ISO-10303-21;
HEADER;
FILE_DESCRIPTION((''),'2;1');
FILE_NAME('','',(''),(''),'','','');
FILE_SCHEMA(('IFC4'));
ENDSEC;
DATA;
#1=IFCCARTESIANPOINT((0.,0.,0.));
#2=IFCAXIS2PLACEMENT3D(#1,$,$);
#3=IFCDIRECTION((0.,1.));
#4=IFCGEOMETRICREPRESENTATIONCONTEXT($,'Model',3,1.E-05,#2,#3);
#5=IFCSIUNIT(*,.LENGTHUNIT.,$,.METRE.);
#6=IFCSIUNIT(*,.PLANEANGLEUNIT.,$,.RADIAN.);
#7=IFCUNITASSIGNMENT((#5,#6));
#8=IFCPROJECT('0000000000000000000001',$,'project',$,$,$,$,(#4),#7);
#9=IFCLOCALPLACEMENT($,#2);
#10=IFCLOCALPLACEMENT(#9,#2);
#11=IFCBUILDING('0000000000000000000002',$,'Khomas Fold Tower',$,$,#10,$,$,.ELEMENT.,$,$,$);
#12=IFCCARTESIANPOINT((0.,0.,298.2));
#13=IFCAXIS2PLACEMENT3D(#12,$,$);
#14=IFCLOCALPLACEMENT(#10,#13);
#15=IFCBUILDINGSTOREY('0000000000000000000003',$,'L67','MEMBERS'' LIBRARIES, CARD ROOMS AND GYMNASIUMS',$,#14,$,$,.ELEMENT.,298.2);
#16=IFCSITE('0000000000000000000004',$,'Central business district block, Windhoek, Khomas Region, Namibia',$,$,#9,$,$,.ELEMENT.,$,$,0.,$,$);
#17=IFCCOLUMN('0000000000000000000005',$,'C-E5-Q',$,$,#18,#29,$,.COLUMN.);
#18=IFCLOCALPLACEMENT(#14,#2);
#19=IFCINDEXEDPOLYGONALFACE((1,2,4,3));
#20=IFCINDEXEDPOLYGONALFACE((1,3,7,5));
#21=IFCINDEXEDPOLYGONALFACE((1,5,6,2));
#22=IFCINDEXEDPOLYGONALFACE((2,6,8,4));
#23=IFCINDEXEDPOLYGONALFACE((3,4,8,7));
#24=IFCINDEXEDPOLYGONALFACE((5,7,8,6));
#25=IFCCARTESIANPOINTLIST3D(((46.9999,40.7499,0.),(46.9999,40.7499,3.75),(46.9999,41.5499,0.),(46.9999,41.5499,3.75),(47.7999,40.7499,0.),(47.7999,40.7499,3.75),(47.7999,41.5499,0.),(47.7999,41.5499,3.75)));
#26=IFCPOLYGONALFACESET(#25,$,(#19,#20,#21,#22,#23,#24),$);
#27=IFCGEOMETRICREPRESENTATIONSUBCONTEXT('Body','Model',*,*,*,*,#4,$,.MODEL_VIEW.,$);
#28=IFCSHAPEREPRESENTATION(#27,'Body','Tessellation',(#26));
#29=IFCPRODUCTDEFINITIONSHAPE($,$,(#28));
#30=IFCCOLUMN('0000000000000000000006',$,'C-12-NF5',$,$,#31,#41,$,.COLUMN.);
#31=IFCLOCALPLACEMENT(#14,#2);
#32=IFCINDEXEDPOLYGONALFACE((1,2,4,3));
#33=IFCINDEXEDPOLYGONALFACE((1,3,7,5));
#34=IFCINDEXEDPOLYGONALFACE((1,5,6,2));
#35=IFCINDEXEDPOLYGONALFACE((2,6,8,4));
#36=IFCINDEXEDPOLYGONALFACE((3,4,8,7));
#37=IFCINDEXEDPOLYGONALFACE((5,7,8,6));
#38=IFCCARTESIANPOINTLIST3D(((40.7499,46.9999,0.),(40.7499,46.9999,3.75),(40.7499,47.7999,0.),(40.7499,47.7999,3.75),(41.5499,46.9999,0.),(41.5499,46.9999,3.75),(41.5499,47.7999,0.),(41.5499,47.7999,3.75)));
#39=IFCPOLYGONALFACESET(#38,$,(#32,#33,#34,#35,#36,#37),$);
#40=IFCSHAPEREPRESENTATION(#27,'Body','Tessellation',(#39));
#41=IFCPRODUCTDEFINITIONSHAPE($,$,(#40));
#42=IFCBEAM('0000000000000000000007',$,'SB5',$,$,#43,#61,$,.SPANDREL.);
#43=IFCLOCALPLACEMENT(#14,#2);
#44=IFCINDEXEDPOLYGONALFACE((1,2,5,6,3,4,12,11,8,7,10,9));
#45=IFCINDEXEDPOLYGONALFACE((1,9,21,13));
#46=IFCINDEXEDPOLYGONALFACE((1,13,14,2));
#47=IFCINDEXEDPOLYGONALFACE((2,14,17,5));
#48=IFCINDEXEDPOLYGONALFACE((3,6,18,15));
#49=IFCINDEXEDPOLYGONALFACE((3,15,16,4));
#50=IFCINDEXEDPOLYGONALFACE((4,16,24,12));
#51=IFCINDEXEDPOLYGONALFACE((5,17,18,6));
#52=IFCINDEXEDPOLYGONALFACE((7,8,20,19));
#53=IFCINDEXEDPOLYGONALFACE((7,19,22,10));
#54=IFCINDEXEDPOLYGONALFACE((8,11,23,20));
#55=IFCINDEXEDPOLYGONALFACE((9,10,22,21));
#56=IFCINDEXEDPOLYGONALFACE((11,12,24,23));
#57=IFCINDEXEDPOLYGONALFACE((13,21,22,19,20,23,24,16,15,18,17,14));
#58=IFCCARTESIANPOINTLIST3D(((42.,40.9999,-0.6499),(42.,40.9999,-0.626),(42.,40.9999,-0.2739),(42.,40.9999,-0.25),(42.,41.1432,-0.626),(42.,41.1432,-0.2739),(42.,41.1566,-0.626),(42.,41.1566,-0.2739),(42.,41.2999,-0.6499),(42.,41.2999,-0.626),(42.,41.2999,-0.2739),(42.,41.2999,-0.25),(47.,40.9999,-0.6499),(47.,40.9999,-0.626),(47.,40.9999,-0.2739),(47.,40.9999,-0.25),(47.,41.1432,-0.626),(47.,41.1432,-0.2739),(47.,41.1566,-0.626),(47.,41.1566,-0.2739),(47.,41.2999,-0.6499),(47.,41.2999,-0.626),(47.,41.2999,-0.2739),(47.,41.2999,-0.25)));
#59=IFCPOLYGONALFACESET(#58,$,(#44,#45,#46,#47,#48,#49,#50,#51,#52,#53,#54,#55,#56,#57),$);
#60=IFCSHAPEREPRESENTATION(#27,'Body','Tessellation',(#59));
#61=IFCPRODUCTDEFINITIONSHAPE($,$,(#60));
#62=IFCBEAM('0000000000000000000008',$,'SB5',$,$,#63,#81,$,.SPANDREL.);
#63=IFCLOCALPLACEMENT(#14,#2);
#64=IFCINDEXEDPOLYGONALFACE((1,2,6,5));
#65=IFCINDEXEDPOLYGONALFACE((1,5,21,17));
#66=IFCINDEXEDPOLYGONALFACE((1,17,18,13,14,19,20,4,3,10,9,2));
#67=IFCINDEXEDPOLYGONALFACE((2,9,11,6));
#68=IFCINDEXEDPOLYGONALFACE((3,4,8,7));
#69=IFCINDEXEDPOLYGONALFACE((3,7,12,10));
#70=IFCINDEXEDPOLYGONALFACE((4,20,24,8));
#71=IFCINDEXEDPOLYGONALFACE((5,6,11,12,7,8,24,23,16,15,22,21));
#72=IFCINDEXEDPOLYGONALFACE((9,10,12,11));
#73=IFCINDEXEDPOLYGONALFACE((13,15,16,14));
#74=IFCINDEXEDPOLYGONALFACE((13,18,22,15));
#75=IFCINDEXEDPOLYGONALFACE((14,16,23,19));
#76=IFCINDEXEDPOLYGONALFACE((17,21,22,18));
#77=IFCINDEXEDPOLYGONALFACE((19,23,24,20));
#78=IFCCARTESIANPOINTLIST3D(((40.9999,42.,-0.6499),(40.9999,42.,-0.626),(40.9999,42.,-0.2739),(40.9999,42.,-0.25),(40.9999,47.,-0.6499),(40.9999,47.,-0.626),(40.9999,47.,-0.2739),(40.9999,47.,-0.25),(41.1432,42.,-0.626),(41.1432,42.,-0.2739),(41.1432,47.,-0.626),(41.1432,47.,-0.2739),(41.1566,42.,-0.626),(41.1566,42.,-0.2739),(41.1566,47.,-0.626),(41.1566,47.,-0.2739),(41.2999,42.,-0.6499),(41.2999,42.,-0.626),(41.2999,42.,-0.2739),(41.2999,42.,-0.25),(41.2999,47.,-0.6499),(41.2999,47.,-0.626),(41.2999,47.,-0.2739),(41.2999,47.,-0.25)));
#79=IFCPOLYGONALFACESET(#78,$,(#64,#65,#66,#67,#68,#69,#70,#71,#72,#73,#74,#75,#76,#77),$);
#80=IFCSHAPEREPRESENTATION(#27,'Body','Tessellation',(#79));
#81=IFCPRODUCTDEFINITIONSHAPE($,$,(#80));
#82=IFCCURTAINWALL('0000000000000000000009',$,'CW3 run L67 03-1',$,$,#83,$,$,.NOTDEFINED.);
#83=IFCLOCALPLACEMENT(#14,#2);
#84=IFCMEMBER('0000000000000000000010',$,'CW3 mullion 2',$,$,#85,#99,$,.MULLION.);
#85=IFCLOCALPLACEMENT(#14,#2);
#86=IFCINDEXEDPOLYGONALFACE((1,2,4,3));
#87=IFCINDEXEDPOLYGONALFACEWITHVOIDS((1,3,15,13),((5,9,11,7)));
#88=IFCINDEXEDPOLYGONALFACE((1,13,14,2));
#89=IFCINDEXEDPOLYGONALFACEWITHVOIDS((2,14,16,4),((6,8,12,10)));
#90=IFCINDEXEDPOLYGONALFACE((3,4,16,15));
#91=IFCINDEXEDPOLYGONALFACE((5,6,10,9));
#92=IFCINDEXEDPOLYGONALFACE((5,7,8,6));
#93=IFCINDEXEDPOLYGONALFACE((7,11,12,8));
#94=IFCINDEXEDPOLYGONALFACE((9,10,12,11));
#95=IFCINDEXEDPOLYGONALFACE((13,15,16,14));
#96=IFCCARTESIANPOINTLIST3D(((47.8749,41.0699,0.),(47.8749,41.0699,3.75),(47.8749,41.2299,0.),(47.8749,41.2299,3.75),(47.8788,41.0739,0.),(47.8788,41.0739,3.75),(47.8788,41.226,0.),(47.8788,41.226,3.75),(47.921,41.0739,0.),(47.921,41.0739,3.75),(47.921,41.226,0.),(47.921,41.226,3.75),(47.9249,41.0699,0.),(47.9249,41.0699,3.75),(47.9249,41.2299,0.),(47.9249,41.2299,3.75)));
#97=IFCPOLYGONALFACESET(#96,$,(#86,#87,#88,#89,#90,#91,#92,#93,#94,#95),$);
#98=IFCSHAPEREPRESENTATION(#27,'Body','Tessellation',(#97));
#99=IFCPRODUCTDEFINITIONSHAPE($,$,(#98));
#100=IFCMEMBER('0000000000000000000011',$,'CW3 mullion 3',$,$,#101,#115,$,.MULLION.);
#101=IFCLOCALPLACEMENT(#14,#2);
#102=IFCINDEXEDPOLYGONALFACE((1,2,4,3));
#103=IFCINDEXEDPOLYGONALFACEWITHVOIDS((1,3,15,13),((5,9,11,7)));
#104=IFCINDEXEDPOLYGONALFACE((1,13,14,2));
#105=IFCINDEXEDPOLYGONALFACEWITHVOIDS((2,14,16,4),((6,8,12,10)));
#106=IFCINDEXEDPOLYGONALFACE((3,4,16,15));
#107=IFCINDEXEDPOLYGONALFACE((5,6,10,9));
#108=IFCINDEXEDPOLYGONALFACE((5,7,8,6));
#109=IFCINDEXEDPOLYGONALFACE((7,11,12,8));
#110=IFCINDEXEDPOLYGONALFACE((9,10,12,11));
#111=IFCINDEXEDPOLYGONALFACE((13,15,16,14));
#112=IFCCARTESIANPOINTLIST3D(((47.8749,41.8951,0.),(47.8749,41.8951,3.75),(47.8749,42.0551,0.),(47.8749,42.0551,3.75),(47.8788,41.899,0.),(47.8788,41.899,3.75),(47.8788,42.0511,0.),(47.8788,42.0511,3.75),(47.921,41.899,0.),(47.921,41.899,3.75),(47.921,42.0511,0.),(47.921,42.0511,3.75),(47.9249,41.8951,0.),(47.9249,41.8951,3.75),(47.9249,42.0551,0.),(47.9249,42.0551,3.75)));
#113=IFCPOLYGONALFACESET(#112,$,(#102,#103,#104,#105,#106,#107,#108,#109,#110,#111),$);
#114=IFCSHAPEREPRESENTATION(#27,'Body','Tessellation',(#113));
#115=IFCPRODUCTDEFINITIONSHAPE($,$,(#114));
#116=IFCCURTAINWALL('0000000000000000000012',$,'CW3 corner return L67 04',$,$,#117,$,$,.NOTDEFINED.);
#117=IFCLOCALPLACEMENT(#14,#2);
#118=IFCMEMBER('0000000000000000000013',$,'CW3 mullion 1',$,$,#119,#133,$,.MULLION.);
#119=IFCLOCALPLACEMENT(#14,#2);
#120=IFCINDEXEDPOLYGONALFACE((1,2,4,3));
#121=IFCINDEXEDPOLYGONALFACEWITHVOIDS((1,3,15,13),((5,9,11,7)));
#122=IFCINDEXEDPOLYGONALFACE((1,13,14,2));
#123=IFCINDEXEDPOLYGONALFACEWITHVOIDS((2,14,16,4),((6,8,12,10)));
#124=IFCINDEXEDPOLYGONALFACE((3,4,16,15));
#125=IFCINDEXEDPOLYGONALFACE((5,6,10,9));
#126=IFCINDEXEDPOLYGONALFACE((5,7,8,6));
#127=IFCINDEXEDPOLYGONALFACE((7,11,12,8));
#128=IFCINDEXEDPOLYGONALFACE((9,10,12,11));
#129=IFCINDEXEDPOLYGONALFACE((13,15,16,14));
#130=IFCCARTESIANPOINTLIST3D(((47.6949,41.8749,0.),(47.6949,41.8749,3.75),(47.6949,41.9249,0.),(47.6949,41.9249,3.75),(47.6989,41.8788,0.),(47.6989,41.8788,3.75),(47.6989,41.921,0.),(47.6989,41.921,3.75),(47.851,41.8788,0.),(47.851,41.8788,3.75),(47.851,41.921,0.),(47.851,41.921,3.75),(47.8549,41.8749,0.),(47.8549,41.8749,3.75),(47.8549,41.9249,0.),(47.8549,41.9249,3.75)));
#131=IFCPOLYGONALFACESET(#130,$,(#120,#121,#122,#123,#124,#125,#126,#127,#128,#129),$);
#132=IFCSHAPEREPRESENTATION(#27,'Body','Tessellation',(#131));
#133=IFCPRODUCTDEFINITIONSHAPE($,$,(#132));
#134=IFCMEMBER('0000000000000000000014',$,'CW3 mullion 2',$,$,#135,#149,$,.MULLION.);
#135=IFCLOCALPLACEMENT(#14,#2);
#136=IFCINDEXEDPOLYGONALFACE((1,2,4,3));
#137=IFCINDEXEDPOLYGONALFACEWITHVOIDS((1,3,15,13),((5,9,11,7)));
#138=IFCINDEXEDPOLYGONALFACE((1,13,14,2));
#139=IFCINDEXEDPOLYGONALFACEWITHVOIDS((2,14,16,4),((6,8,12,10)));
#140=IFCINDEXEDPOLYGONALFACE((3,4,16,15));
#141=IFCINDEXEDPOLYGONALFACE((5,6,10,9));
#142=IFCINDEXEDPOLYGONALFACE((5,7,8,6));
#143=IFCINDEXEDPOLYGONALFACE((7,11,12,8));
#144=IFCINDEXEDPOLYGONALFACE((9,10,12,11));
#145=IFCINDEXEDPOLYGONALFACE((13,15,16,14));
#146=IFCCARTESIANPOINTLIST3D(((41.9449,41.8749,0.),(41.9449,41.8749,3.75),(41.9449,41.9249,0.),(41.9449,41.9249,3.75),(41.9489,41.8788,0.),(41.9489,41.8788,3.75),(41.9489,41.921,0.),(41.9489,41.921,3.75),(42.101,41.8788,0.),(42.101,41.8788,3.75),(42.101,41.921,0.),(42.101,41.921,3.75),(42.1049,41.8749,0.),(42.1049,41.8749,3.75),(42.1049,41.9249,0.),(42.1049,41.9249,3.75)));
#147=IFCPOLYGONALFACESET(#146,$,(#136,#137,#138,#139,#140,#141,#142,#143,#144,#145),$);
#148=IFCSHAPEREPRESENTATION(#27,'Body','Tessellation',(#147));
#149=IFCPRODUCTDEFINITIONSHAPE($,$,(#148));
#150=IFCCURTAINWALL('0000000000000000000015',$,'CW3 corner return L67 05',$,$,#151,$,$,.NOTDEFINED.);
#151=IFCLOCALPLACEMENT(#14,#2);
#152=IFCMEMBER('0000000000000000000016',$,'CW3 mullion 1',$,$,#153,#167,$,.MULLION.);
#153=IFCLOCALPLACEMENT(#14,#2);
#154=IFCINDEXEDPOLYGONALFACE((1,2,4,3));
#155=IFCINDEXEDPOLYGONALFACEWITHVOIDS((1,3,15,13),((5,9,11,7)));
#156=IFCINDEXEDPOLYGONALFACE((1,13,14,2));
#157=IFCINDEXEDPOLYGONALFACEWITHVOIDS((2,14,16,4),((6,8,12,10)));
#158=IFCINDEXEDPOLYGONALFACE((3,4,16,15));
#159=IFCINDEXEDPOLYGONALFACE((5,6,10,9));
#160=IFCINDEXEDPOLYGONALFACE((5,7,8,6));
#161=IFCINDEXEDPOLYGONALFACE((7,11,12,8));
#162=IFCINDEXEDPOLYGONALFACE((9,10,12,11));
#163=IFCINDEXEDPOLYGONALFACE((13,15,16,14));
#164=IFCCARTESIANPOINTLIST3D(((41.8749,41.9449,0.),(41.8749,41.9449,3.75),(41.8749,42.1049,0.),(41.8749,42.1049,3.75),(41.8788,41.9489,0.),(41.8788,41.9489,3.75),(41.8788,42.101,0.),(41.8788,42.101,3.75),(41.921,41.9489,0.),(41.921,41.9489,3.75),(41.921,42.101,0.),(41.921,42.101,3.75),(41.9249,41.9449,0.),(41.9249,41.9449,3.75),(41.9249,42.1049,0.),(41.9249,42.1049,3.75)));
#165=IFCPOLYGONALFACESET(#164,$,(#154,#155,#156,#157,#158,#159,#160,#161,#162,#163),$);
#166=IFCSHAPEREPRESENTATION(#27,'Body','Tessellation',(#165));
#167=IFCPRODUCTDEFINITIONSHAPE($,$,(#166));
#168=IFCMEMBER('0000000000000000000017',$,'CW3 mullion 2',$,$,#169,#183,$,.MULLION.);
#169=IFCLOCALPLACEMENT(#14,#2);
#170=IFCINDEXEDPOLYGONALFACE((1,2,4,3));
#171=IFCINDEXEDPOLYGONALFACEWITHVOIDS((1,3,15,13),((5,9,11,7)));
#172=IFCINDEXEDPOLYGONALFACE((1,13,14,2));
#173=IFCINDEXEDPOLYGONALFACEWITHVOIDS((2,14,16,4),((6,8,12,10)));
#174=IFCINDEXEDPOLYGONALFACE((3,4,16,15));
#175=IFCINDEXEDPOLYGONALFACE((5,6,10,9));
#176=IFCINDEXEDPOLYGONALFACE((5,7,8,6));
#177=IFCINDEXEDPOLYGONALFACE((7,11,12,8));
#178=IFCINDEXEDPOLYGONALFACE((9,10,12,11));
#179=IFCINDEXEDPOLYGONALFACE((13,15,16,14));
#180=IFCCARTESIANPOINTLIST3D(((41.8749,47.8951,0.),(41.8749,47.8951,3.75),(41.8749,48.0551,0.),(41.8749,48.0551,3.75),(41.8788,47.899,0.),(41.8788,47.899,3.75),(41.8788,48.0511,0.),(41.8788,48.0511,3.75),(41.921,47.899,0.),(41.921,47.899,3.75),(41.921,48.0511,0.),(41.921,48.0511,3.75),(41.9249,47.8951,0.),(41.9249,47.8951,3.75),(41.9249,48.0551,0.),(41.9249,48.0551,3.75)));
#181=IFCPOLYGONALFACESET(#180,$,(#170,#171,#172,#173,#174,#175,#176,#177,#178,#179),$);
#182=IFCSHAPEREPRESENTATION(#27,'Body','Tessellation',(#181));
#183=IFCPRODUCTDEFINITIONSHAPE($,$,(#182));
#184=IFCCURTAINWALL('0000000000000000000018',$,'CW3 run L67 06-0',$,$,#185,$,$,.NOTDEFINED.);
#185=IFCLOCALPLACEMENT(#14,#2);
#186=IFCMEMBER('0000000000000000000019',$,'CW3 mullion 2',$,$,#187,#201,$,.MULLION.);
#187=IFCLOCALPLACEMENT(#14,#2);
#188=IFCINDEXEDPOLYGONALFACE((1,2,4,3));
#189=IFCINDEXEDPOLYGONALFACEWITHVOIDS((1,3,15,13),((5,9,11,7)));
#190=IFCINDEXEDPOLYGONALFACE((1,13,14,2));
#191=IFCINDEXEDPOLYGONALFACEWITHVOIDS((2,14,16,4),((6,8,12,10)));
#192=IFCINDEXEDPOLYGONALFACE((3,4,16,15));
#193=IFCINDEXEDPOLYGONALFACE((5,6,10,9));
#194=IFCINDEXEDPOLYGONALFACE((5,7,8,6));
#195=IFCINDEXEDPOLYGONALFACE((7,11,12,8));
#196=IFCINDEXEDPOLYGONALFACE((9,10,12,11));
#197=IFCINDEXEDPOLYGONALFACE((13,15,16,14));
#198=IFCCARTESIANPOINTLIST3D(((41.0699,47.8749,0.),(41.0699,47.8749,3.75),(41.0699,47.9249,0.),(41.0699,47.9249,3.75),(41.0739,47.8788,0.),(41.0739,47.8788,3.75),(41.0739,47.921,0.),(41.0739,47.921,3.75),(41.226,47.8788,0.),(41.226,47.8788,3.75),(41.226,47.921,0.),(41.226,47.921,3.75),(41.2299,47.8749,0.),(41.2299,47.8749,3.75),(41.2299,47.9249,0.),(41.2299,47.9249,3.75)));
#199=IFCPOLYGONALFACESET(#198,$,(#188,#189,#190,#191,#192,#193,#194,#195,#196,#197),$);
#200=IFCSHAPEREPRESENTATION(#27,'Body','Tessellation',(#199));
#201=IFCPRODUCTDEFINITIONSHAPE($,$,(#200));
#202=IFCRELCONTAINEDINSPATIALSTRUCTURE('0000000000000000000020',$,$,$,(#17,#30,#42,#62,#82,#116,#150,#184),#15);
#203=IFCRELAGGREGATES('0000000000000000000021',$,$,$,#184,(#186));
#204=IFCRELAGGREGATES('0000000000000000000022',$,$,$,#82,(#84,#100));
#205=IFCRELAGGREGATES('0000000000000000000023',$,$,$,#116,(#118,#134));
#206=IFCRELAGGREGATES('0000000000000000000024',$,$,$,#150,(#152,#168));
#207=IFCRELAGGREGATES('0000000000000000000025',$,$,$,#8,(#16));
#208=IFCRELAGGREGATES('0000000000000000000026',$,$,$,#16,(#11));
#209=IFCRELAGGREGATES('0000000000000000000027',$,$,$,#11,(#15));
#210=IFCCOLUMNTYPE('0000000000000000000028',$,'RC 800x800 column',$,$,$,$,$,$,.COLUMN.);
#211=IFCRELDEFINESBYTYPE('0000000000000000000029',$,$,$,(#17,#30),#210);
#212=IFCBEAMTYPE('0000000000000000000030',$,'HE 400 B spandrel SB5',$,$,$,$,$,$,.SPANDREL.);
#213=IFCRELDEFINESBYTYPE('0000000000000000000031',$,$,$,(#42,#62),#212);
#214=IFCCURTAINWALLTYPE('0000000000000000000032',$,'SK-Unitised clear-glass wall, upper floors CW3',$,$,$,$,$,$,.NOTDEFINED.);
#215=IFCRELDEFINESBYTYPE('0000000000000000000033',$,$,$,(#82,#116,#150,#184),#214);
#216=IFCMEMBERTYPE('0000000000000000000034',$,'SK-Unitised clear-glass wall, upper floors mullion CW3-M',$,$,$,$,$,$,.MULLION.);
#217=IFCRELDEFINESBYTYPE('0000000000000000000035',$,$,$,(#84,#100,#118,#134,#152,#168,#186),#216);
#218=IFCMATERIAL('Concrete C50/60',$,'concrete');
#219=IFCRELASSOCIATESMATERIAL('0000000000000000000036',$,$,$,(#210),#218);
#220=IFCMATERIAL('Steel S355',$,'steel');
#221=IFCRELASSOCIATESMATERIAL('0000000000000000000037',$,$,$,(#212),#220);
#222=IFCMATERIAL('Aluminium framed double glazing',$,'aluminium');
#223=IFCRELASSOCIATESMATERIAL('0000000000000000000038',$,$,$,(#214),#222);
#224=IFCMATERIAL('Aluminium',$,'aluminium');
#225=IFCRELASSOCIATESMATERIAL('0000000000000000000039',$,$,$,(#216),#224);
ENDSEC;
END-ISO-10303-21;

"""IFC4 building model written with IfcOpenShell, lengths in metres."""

from ifc_helpers import new_model, si_unit, direction, frame, origin, origin_2d, place, context, subcontext, project, spatial, rectangle, hollow_rectangle, i_section, extrude, source, transform, mapped, material, material_profile, profile_set, type_object, element, aggregate, save


model = new_model("IFC4")

# Units and contexts
model_context = context("Model", 3, precision=1e-05, world=origin(), true_north=direction((0.0, 1.0)))
body_context = subcontext(model_context, "Body", "Model", "MODEL_VIEW")
ifc_project = project(units=[si_unit("LENGTHUNIT", "METRE"), si_unit("PLANEANGLEUNIT", "RADIAN")], contexts=[model_context])

# Site, building, storey
site_placement = place(None, origin())
site = spatial("IfcSite", under=ifc_project, at=site_placement, Name="Central business district block, Windhoek, Khomas Region, Namibia", CompositionType="ELEMENT", RefElevation=0.0)
building_placement = place(site_placement, origin())
building = spatial("IfcBuilding", under=site, at=building_placement, Name="Khomas Fold Tower", CompositionType="ELEMENT")
storey_placement = place(building_placement, frame((0.0, 0.0, 298.2)))
storey = spatial("IfcBuildingStorey", under=building, at=storey_placement, Name="L67", Description="MEMBERS' LIBRARIES, CARD ROOMS AND GYMNASIUMS", CompositionType="ELEMENT", Elevation=298.2)

# Columns
ifc_material_1 = material(Name="Concrete C50/60", Category="concrete")
ifc_material_profile_1 = material_profile(ifc_material_1, rectangle(XDim=0.8, YDim=0.8, at=origin_2d()), Name="RC 800x800")
ifc_profile_set_1 = profile_set([ifc_material_profile_1], Name="Concrete C50/60")
column_type = type_object("IfcColumnType", Name="RC 800x800 column", PredefinedType="COLUMN", material=ifc_profile_set_1)
shared_shape_1 = source(origin(), body_context, "Body", "SweptSolid", [
    extrude(rectangle(XDim=0.8, YDim=0.8, at=origin_2d()), origin(), (0.0, 0.0, 1.0), 3.75),
])
for number, where, z_axis, x_axis, name in (
    (1, (47.3999, 41.1499, 0.0), (0.0, 0.0, 1.0), (1.0, 0.0, 0.0), "C-E5-Q"),
    (2, (41.1499, 47.3999, 0.0), (0.0, 0.0, 1.0), (1.0, 0.0, 0.0), "C-12-NF5"),
):
    element("IfcColumn", number, at=place(storey_placement, frame(where, z_axis=z_axis, x_axis=x_axis)), inside=storey, type_object=column_type, Name=name, PredefinedType="COLUMN", context=body_context, shape_type="MappedRepresentation", body=[
        mapped(shared_shape_1, transform((0.0, 0.0, 0.0))),
    ])

# Beams
ifc_material_2 = material(Name="Steel S355", Category="steel")
ifc_material_profile_2 = material_profile(ifc_material_2, i_section(OverallWidth=0.3, OverallDepth=0.3999, WebThickness=0.0134, FlangeThickness=0.0239, at=origin_2d()), Name="HE 400 B")
ifc_profile_set_2 = profile_set([ifc_material_profile_2], Name="Steel S355")
beam_type = type_object("IfcBeamType", Name="HE 400 B spandrel SB5", PredefinedType="SPANDREL", material=ifc_profile_set_2)
shared_shape_2 = source(origin(), body_context, "Body", "SweptSolid", [
    extrude(i_section(OverallWidth=0.3, OverallDepth=0.3999, WebThickness=0.0134, FlangeThickness=0.0239, at=origin_2d()), origin(), (0.0, 0.0, 1.0), 5.0),
])
for number, where, z_axis, x_axis, name in (
    (3, (42.0, 41.1499, -0.45), (1.0, 0.0, 0.0), (0.0, 1.0, 0.0), "SB5"),
    (4, (41.1499, 42.0, -0.45), (0.0, 1.0, 0.0), (-1.0, 0.0, 0.0), "SB5"),
):
    element("IfcBeam", number, at=place(storey_placement, frame(where, z_axis=z_axis, x_axis=x_axis)), inside=storey, type_object=beam_type, Name=name, PredefinedType="SPANDREL", context=body_context, shape_type="MappedRepresentation", body=[
        mapped(shared_shape_2, transform((0.0, 0.0, 0.0))),
    ])

# Curtain walls, members
ifc_material_3 = material(Name="Aluminium framed double glazing", Category="aluminium")
curtain_wall_type = type_object("IfcCurtainWallType", Name="SK-Unitised clear-glass wall, upper floors CW3", PredefinedType="NOTDEFINED", material=ifc_material_3)
curtain_wall_1_placement = place(storey_placement, origin())
curtain_wall_1 = element("IfcCurtainWall", 5, at=curtain_wall_1_placement, inside=storey, type_object=curtain_wall_type, Name="CW3 run L67 03-1", PredefinedType="NOTDEFINED")
ifc_material_4 = material(Name="Aluminium", Category="aluminium")
ifc_material_profile_3 = material_profile(ifc_material_4, hollow_rectangle(XDim=0.05, YDim=0.1599, WallThickness=0.0039, at=origin_2d()), Name="SK-Unitised clear-glass wall, upper floors mullion CW3-M")
ifc_profile_set_3 = profile_set([ifc_material_profile_3], Name="Aluminium")
member_type_1 = type_object("IfcMemberType", Name="SK-Unitised clear-glass wall, upper floors mullion CW3-M", PredefinedType="MULLION", material=ifc_profile_set_3)
shared_shape_3 = source(origin(), body_context, "Body", "SweptSolid", [
    extrude(hollow_rectangle(XDim=0.05, YDim=0.1599, WallThickness=0.0039, at=origin_2d()), origin(), (0.0, 0.0, 1.0), 3.75),
])
member_1_placement = place(storey_placement, frame((47.8999, 41.1499, 0.0), z_axis=(0.0, 0.0, 1.0), x_axis=(-1.0, 0.0, 0.0)))
member_1 = element("IfcMember", 6, at=member_1_placement, type_object=member_type_1, Name="CW3 mullion 2", PredefinedType="MULLION", context=body_context, shape_type="MappedRepresentation", body=[
    mapped(shared_shape_3, transform((0.0, 0.0, 0.0))),
])
member_2_placement = place(storey_placement, frame((47.8999, 41.9751, 0.0), z_axis=(0.0, 0.0, 1.0), x_axis=(-1.0, 0.0, 0.0)))
member_2 = element("IfcMember", 7, at=member_2_placement, type_object=member_type_1, Name="CW3 mullion 3", PredefinedType="MULLION", context=body_context, shape_type="MappedRepresentation", body=[
    mapped(shared_shape_3, transform((0.0, 0.0, 0.0))),
])
curtain_wall_2_placement = place(storey_placement, origin())
curtain_wall_2 = element("IfcCurtainWall", 8, at=curtain_wall_2_placement, inside=storey, type_object=curtain_wall_type, Name="CW3 corner return L67 04", PredefinedType="NOTDEFINED")
member_3_placement = place(storey_placement, frame((47.7749, 41.8999, 0.0), z_axis=(0.0, 0.0, 1.0), x_axis=(0.0, -1.0, 0.0)))
member_3 = element("IfcMember", 9, at=member_3_placement, type_object=member_type_1, Name="CW3 mullion 1", PredefinedType="MULLION", context=body_context, shape_type="MappedRepresentation", body=[
    mapped(shared_shape_3, transform((0.0, 0.0, 0.0))),
])
member_4_placement = place(storey_placement, frame((42.0249, 41.8999, 0.0), z_axis=(0.0, 0.0, 1.0), x_axis=(0.0, -1.0, 0.0)))
member_4 = element("IfcMember", 10, at=member_4_placement, type_object=member_type_1, Name="CW3 mullion 2", PredefinedType="MULLION", context=body_context, shape_type="MappedRepresentation", body=[
    mapped(shared_shape_3, transform((0.0, 0.0, 0.0))),
])
curtain_wall_3_placement = place(storey_placement, origin())
curtain_wall_3 = element("IfcCurtainWall", 11, at=curtain_wall_3_placement, inside=storey, type_object=curtain_wall_type, Name="CW3 corner return L67 05", PredefinedType="NOTDEFINED")
member_5_placement = place(storey_placement, frame((41.8999, 42.0249, 0.0), z_axis=(0.0, 0.0, 1.0), x_axis=(-1.0, 0.0, 0.0)))
member_5 = element("IfcMember", 12, at=member_5_placement, type_object=member_type_1, Name="CW3 mullion 1", PredefinedType="MULLION", context=body_context, shape_type="MappedRepresentation", body=[
    mapped(shared_shape_3, transform((0.0, 0.0, 0.0))),
])
member_6_placement = place(storey_placement, frame((41.8999, 47.9751, 0.0), z_axis=(0.0, 0.0, 1.0), x_axis=(-1.0, 0.0, 0.0)))
member_6 = element("IfcMember", 13, at=member_6_placement, type_object=member_type_1, Name="CW3 mullion 2", PredefinedType="MULLION", context=body_context, shape_type="MappedRepresentation", body=[
    mapped(shared_shape_3, transform((0.0, 0.0, 0.0))),
])
curtain_wall_4_placement = place(storey_placement, origin())
curtain_wall_4 = element("IfcCurtainWall", 14, at=curtain_wall_4_placement, inside=storey, type_object=curtain_wall_type, Name="CW3 run L67 06-0", PredefinedType="NOTDEFINED")
member_7_placement = place(storey_placement, frame((41.1499, 47.8999, 0.0), z_axis=(0.0, 0.0, 1.0), x_axis=(0.0, -1.0, 0.0)))
member_7 = element("IfcMember", 15, at=member_7_placement, type_object=member_type_1, Name="CW3 mullion 2", PredefinedType="MULLION", context=body_context, shape_type="MappedRepresentation", body=[
    mapped(shared_shape_3, transform((0.0, 0.0, 0.0))),
])

aggregate(curtain_wall_4, [member_7])
aggregate(curtain_wall_1, [member_1, member_2])
aggregate(curtain_wall_2, [member_3, member_4])
aggregate(curtain_wall_3, [member_5, member_6])

save(model, "model.ifc")
